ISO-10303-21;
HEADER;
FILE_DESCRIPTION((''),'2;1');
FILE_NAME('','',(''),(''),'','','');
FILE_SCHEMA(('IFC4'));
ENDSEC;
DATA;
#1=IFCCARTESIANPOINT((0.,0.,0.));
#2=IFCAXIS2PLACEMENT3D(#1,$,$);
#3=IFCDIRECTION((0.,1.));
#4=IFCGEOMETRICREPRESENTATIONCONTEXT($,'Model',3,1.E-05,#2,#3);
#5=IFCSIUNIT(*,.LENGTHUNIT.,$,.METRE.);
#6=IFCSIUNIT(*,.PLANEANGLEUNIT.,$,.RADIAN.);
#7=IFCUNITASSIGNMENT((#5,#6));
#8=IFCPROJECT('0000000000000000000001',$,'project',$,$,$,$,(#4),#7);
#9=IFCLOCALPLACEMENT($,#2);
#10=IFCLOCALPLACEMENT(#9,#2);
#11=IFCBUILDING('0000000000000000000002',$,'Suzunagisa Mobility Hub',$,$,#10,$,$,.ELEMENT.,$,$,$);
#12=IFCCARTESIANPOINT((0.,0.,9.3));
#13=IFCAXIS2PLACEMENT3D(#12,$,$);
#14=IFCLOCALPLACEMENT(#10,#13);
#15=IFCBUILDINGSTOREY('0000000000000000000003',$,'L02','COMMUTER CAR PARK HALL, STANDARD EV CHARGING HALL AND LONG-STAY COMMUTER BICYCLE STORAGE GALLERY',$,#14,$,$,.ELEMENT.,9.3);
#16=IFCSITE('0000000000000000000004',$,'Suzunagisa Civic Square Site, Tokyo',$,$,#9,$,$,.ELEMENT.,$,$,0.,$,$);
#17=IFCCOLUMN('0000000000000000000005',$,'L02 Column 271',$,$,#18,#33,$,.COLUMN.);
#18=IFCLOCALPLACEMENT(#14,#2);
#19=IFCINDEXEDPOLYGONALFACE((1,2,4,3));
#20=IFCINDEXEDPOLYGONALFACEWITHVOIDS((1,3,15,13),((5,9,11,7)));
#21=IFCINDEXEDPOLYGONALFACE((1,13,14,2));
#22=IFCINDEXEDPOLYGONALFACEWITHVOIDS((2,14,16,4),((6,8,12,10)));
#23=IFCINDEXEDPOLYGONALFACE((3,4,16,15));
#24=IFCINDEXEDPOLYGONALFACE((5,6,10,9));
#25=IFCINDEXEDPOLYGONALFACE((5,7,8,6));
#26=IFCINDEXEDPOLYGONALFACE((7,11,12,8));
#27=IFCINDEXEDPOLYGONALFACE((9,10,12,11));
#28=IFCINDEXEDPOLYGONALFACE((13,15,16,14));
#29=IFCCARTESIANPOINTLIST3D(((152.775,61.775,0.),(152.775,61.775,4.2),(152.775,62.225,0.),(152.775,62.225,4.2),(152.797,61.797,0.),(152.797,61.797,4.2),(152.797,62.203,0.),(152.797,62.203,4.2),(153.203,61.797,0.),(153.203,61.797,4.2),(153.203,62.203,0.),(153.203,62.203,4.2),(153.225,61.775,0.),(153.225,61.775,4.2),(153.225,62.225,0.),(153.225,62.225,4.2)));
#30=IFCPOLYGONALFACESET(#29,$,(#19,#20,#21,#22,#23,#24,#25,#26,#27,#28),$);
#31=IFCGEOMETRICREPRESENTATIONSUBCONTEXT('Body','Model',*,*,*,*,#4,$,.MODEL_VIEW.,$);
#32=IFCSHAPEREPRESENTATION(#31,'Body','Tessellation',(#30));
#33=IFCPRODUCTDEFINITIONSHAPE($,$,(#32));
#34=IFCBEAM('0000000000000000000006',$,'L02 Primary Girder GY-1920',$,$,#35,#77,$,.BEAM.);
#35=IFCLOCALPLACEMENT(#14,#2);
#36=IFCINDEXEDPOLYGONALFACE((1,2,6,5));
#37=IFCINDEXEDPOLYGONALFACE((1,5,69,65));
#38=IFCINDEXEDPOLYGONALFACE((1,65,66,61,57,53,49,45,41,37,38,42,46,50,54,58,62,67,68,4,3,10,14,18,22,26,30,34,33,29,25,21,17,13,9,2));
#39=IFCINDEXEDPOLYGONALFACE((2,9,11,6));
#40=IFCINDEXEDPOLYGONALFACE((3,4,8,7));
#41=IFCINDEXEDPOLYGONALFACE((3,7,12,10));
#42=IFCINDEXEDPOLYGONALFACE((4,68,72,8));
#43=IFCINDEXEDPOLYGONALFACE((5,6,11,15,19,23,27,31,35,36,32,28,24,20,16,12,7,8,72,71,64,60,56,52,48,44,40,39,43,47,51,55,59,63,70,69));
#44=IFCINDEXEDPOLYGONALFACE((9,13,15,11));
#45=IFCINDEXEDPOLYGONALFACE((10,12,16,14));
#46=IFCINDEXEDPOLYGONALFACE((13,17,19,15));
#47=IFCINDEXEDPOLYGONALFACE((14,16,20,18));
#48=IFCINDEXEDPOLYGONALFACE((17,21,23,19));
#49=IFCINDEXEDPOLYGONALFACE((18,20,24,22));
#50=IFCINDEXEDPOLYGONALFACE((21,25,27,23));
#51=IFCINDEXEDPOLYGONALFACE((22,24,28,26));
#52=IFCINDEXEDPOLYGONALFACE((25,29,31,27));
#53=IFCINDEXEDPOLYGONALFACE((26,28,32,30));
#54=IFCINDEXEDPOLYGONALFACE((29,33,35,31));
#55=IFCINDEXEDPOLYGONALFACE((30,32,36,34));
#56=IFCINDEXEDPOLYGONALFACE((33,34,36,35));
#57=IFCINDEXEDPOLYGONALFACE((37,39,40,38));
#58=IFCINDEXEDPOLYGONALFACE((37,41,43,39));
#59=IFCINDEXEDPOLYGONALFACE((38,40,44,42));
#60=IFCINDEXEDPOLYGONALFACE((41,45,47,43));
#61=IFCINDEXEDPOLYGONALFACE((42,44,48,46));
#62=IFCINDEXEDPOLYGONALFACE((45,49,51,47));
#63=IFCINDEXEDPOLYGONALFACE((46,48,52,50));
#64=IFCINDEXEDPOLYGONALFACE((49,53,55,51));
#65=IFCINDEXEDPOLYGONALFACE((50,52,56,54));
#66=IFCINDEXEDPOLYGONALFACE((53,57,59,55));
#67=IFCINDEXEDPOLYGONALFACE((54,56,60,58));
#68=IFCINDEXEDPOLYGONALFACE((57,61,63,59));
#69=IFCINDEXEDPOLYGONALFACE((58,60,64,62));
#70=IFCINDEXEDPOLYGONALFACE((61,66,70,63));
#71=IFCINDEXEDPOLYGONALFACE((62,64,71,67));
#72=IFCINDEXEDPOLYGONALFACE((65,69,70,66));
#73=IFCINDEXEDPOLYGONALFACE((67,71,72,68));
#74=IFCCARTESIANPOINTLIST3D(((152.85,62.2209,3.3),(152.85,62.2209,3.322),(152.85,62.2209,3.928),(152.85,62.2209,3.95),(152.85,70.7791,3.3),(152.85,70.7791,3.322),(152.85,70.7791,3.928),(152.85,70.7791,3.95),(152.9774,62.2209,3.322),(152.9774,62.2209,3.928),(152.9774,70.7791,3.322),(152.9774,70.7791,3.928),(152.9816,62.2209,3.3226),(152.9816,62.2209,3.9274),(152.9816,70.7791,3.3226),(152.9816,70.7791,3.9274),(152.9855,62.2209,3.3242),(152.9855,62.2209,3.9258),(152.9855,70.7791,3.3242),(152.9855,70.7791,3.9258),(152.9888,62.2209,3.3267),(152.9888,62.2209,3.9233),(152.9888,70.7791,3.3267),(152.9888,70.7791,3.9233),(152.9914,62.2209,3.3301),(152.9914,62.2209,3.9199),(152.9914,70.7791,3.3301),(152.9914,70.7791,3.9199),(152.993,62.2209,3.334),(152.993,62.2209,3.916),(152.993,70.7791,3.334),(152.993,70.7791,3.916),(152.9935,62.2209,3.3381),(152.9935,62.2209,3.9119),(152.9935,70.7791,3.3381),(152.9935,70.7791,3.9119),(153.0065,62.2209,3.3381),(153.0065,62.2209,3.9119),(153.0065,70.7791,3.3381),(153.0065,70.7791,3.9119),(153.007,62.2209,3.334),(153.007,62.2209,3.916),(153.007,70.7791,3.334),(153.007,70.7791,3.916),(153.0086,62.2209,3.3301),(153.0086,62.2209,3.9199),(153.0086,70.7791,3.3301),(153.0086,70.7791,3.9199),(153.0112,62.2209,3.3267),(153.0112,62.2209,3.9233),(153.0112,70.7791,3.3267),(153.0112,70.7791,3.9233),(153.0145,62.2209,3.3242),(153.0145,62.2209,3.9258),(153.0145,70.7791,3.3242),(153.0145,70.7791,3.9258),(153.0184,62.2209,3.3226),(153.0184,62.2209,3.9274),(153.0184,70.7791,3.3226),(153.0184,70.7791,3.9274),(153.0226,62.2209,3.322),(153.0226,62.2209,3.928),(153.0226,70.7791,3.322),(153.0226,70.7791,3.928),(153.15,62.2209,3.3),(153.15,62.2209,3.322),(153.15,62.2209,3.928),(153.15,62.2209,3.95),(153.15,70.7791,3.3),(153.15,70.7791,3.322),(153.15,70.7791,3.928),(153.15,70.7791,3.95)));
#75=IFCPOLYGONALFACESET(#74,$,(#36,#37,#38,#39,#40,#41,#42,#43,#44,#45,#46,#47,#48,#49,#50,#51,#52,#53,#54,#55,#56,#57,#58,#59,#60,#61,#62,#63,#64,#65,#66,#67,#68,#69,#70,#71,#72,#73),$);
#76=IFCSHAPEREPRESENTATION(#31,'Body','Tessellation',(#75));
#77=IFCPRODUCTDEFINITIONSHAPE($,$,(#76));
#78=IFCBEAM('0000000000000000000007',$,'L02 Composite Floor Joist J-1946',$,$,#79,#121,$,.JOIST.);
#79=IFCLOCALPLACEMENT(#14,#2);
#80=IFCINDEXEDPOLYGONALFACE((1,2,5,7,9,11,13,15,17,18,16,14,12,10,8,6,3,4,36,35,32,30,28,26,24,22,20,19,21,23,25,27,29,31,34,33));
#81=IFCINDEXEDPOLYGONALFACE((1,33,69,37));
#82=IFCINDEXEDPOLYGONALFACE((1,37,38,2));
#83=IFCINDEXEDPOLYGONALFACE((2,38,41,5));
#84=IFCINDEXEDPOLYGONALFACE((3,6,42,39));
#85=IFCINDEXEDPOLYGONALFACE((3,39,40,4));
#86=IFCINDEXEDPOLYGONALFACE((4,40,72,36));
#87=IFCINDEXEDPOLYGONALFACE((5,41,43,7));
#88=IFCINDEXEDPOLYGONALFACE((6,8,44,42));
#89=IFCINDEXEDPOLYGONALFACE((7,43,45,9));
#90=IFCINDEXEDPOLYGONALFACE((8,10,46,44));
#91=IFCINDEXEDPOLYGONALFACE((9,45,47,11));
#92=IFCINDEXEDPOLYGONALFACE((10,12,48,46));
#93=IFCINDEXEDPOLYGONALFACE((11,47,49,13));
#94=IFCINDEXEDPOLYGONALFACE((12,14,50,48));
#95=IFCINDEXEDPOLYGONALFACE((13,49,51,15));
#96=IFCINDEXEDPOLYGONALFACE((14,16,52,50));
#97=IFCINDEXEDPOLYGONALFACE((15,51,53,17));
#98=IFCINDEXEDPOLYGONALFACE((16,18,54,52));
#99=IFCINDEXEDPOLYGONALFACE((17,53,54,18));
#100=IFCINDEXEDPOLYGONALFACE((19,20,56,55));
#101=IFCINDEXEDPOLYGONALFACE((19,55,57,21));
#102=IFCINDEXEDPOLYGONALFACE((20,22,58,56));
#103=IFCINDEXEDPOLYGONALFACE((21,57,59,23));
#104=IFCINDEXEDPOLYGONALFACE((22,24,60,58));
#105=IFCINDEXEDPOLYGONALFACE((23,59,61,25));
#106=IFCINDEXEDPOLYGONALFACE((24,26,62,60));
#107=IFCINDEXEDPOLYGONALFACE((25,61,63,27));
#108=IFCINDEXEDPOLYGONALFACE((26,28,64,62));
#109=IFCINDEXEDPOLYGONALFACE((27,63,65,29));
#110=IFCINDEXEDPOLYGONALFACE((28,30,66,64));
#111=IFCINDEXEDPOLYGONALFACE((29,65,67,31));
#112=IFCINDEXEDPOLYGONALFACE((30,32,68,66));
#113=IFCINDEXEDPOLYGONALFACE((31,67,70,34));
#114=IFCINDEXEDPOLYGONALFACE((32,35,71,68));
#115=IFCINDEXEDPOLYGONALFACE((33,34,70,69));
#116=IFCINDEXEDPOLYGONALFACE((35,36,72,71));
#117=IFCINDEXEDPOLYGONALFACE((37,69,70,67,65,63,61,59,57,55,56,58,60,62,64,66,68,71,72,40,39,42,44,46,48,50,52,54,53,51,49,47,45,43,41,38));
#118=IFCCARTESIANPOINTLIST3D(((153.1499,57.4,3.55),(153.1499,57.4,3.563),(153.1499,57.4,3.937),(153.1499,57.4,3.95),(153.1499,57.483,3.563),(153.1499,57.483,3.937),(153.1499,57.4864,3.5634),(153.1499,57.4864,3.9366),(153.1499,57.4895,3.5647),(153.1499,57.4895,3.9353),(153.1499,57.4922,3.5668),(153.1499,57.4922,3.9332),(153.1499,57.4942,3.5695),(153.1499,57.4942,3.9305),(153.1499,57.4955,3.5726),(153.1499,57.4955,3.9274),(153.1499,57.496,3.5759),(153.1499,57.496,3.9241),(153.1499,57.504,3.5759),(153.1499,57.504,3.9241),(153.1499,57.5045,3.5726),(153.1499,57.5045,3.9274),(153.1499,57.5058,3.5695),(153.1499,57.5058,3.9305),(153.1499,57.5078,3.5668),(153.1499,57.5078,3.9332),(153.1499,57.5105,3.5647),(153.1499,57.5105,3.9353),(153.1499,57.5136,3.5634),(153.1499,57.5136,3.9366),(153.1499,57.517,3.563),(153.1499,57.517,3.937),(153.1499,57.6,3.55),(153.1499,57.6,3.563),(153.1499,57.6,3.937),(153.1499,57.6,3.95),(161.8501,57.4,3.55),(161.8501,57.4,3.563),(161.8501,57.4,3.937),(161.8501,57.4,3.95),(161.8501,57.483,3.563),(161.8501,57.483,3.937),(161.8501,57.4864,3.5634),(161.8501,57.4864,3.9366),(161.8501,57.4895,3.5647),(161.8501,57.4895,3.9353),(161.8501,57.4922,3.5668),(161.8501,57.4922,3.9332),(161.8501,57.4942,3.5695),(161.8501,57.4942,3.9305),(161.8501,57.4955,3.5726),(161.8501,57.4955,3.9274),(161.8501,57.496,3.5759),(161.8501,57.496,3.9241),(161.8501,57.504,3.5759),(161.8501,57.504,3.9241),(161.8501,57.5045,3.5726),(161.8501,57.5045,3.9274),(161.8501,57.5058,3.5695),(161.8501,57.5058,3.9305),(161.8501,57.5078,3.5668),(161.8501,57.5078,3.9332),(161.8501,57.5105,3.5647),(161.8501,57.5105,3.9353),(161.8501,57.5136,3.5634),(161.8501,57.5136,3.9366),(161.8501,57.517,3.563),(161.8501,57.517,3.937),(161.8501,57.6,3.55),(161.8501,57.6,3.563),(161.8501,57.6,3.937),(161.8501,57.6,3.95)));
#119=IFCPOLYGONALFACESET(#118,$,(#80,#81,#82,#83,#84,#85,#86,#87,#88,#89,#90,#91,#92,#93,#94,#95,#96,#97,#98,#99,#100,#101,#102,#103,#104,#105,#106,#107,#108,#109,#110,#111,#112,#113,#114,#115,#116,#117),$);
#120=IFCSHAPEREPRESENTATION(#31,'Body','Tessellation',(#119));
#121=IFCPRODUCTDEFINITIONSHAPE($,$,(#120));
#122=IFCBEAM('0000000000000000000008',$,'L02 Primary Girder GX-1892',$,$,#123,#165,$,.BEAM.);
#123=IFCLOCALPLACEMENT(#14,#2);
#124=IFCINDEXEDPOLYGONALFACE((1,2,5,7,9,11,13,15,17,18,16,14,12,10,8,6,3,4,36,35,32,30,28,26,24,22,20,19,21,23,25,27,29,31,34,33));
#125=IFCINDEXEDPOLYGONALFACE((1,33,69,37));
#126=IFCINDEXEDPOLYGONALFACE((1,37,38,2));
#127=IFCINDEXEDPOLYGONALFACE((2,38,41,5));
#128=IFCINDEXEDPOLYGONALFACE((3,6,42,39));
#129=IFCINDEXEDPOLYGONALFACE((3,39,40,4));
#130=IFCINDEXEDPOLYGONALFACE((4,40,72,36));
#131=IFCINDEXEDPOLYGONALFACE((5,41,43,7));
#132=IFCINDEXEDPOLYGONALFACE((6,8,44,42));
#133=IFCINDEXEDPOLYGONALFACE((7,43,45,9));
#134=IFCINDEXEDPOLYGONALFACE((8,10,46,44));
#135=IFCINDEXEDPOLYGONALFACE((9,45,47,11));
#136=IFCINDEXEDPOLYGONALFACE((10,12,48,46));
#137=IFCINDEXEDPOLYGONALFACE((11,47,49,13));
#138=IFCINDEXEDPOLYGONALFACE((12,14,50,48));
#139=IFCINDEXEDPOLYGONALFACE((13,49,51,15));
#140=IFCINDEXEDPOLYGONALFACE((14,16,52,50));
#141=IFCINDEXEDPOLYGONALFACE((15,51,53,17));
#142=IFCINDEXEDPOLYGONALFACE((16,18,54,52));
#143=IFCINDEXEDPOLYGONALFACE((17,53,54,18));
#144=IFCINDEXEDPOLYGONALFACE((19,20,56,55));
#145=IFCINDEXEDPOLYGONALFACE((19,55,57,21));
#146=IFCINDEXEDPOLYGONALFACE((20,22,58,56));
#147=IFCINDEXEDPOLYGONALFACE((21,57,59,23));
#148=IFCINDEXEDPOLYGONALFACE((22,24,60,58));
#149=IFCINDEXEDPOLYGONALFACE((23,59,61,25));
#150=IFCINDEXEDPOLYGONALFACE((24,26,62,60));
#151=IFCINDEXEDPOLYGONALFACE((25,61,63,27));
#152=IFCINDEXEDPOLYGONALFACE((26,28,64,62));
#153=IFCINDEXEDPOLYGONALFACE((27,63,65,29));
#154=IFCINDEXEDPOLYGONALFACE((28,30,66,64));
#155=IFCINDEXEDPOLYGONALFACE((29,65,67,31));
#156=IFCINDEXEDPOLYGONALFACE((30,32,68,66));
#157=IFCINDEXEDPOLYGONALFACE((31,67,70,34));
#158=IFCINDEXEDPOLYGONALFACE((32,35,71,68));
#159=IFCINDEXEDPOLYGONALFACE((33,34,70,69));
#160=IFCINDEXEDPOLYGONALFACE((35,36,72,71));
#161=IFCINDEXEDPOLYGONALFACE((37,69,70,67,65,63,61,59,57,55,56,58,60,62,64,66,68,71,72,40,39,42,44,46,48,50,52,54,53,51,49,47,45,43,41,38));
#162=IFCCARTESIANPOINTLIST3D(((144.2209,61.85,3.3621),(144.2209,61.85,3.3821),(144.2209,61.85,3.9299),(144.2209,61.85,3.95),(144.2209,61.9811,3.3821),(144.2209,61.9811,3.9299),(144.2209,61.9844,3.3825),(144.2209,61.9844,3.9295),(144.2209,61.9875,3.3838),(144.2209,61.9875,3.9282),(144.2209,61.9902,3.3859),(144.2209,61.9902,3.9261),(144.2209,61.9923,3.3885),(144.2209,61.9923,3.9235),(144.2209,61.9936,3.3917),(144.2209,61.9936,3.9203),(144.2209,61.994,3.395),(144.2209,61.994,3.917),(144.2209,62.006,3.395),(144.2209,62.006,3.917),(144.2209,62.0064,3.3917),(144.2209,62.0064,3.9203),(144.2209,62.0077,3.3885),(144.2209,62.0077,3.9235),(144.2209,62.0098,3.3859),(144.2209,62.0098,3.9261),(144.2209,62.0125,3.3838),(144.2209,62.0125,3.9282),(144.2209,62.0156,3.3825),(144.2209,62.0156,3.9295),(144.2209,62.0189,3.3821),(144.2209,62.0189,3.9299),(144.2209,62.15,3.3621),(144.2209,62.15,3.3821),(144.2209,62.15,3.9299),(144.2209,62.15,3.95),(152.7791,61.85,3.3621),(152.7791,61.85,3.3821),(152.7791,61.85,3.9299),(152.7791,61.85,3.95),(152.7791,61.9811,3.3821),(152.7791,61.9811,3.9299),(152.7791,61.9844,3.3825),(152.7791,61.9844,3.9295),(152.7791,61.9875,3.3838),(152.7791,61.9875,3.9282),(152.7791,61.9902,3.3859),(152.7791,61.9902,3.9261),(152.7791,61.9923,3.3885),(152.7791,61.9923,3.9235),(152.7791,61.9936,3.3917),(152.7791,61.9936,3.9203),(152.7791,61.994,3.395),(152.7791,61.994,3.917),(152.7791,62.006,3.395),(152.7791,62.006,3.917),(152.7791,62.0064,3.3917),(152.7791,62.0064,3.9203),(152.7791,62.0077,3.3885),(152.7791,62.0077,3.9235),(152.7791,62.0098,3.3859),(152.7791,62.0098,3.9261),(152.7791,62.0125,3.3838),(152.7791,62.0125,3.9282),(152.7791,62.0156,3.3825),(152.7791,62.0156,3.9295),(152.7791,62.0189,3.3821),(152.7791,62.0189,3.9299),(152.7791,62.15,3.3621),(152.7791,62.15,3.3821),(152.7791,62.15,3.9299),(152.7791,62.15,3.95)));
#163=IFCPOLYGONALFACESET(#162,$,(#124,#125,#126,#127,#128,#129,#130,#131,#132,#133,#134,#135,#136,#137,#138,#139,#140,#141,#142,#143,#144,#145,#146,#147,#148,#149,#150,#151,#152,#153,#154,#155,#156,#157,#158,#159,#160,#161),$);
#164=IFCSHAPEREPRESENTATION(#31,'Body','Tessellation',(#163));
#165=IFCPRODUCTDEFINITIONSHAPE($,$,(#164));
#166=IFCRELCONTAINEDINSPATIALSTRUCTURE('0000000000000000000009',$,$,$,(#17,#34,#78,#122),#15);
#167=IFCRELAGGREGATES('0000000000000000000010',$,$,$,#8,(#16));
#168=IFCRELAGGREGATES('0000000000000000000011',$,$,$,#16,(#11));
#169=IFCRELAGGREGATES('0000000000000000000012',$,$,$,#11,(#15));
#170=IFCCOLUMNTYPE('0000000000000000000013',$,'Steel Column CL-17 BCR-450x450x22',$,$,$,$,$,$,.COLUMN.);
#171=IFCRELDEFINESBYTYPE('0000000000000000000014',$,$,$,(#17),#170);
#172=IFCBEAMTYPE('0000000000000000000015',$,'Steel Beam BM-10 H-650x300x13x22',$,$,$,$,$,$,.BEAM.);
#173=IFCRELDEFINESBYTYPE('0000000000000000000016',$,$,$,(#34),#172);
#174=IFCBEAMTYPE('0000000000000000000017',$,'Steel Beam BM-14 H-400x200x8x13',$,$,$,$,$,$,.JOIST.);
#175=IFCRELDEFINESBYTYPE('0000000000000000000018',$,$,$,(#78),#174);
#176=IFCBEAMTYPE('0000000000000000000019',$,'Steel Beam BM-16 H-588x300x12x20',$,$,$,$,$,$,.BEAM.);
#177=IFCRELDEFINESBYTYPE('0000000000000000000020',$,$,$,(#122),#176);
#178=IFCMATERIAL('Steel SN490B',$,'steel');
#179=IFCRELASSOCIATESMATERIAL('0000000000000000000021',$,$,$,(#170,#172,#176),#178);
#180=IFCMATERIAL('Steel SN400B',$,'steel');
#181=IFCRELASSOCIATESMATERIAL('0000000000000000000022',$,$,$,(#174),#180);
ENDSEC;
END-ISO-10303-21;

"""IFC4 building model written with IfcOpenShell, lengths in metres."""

from ifc_helpers import new_model, si_unit, direction, frame, origin, origin_2d, place, context, subcontext, project, spatial, hollow_rectangle, i_section, extrude, material, material_profile, profile_set, type_object, element, save


model = new_model("IFC4")

# Units and contexts
model_context = context("Model", 3, precision=1e-05, world=origin(), true_north=direction((0.0, 1.0)))
body_context = subcontext(model_context, "Body", "Model", "MODEL_VIEW")
ifc_project = project(units=[si_unit("LENGTHUNIT", "METRE"), si_unit("PLANEANGLEUNIT", "RADIAN")], contexts=[model_context])

# Site, building, storey
site_placement = place(None, origin())
site = spatial("IfcSite", under=ifc_project, at=site_placement, Name="Suzunagisa Civic Square Site, Tokyo", CompositionType="ELEMENT", RefElevation=0.0)
building_placement = place(site_placement, origin())
building = spatial("IfcBuilding", under=site, at=building_placement, Name="Suzunagisa Mobility Hub", CompositionType="ELEMENT")
storey_placement = place(building_placement, frame((0.0, 0.0, 9.3)))
storey = spatial("IfcBuildingStorey", under=building, at=storey_placement, Name="L02", Description="COMMUTER CAR PARK HALL, STANDARD EV CHARGING HALL AND LONG-STAY COMMUTER BICYCLE STORAGE GALLERY", CompositionType="ELEMENT", Elevation=9.3)

# Column
ifc_material_1 = material(Name="Steel SN490B", Category="steel")
ifc_material_profile_1 = material_profile(ifc_material_1, hollow_rectangle(XDim=0.45, YDim=0.45, WallThickness=0.022, at=origin_2d()), Name="BCR-450x450x22")
ifc_profile_set_1 = profile_set([ifc_material_profile_1], Name="Steel SN490B")
column_type = type_object("IfcColumnType", Name="Steel Column CL-17 BCR-450x450x22", PredefinedType="COLUMN", material=ifc_profile_set_1)
column_placement = place(storey_placement, frame((153.0, 62.0, 0.0), z_axis=(0.0, 0.0, 1.0), x_axis=(1.0, 0.0, 0.0)))
element("IfcColumn", 1, at=column_placement, inside=storey, type_object=column_type, Name="L02 Column 271", PredefinedType="COLUMN", context=body_context, shape_type="SweptSolid", body=[
    extrude(hollow_rectangle(XDim=0.45, YDim=0.45, WallThickness=0.022, at=origin_2d()), origin(), (0.0, 0.0, 1.0), 4.2),
])

# Beams
ifc_material_profile_2 = material_profile(ifc_material_1, i_section(OverallWidth=0.3, OverallDepth=0.6499, WebThickness=0.0129, FlangeThickness=0.022, FilletRadius=0.0161, at=origin_2d()), Name="H-650x300x13x22")
ifc_profile_set_2 = profile_set([ifc_material_profile_2], Name="Steel SN490B")
beam_type_1 = type_object("IfcBeamType", Name="Steel Beam BM-10 H-650x300x13x22", PredefinedType="BEAM", material=ifc_profile_set_2)
beam_1_placement = place(storey_placement, frame((153.0, 62.2209, 3.625), z_axis=(0.0, 1.0, 0.0), x_axis=(-1.0, 0.0, 0.0)))
element("IfcBeam", 2, at=beam_1_placement, inside=storey, type_object=beam_type_1, Name="L02 Primary Girder GY-1920", PredefinedType="BEAM", context=body_context, shape_type="SweptSolid", body=[
    extrude(i_section(OverallWidth=0.3, OverallDepth=0.6499, WebThickness=0.0129, FlangeThickness=0.022, FilletRadius=0.0161, at=origin_2d()), origin(), (0.0, 0.0, 1.0), 8.5581),
])
ifc_material_2 = material(Name="Steel SN400B", Category="steel")
ifc_material_profile_3 = material_profile(ifc_material_2, i_section(OverallWidth=0.2, OverallDepth=0.3999, WebThickness=0.0081, FlangeThickness=0.0129, FilletRadius=0.0129, at=origin_2d()), Name="H-400x200x8x13")
ifc_profile_set_3 = profile_set([ifc_material_profile_3], Name="Steel SN400B")
beam_type_2 = type_object("IfcBeamType", Name="Steel Beam BM-14 H-400x200x8x13", PredefinedType="JOIST", material=ifc_profile_set_3)
beam_2_placement = place(storey_placement, frame((153.1499, 57.5, 3.75), z_axis=(1.0, 0.0, 0.0), x_axis=(0.0, 1.0, 0.0)))
element("IfcBeam", 3, at=beam_2_placement, inside=storey, type_object=beam_type_2, Name="L02 Composite Floor Joist J-1946", PredefinedType="JOIST", context=body_context, shape_type="SweptSolid", body=[
    extrude(i_section(OverallWidth=0.2, OverallDepth=0.3999, WebThickness=0.0081, FlangeThickness=0.0129, FilletRadius=0.0129, at=origin_2d()), origin(), (0.0, 0.0, 1.0), 8.7002),
])
ifc_material_profile_4 = material_profile(ifc_material_1, i_section(OverallWidth=0.3, OverallDepth=0.5879, WebThickness=0.012, FlangeThickness=0.02, FilletRadius=0.0129, at=origin_2d()), Name="H-588x300x12x20")
ifc_profile_set_4 = profile_set([ifc_material_profile_4], Name="Steel SN490B")
beam_type_3 = type_object("IfcBeamType", Name="Steel Beam BM-16 H-588x300x12x20", PredefinedType="BEAM", material=ifc_profile_set_4)
for number, where, z_axis, x_axis, name in (
    (4, (144.2209, 62.0, 3.656), (1.0, 0.0, 0.0), (0.0, 1.0, 0.0), "L02 Primary Girder GX-1892"),
):
    element("IfcBeam", number, at=place(storey_placement, frame(where, z_axis=z_axis, x_axis=x_axis)), inside=storey, type_object=beam_type_3, Name=name, PredefinedType="BEAM", context=body_context, shape_type="SweptSolid", body=[
        extrude(i_section(OverallWidth=0.3, OverallDepth=0.5879, WebThickness=0.012, FlangeThickness=0.02, FilletRadius=0.0129, at=origin_2d()), origin(), (0.0, 0.0, 1.0), 8.5581),
    ])

save(model, "model.ifc")
